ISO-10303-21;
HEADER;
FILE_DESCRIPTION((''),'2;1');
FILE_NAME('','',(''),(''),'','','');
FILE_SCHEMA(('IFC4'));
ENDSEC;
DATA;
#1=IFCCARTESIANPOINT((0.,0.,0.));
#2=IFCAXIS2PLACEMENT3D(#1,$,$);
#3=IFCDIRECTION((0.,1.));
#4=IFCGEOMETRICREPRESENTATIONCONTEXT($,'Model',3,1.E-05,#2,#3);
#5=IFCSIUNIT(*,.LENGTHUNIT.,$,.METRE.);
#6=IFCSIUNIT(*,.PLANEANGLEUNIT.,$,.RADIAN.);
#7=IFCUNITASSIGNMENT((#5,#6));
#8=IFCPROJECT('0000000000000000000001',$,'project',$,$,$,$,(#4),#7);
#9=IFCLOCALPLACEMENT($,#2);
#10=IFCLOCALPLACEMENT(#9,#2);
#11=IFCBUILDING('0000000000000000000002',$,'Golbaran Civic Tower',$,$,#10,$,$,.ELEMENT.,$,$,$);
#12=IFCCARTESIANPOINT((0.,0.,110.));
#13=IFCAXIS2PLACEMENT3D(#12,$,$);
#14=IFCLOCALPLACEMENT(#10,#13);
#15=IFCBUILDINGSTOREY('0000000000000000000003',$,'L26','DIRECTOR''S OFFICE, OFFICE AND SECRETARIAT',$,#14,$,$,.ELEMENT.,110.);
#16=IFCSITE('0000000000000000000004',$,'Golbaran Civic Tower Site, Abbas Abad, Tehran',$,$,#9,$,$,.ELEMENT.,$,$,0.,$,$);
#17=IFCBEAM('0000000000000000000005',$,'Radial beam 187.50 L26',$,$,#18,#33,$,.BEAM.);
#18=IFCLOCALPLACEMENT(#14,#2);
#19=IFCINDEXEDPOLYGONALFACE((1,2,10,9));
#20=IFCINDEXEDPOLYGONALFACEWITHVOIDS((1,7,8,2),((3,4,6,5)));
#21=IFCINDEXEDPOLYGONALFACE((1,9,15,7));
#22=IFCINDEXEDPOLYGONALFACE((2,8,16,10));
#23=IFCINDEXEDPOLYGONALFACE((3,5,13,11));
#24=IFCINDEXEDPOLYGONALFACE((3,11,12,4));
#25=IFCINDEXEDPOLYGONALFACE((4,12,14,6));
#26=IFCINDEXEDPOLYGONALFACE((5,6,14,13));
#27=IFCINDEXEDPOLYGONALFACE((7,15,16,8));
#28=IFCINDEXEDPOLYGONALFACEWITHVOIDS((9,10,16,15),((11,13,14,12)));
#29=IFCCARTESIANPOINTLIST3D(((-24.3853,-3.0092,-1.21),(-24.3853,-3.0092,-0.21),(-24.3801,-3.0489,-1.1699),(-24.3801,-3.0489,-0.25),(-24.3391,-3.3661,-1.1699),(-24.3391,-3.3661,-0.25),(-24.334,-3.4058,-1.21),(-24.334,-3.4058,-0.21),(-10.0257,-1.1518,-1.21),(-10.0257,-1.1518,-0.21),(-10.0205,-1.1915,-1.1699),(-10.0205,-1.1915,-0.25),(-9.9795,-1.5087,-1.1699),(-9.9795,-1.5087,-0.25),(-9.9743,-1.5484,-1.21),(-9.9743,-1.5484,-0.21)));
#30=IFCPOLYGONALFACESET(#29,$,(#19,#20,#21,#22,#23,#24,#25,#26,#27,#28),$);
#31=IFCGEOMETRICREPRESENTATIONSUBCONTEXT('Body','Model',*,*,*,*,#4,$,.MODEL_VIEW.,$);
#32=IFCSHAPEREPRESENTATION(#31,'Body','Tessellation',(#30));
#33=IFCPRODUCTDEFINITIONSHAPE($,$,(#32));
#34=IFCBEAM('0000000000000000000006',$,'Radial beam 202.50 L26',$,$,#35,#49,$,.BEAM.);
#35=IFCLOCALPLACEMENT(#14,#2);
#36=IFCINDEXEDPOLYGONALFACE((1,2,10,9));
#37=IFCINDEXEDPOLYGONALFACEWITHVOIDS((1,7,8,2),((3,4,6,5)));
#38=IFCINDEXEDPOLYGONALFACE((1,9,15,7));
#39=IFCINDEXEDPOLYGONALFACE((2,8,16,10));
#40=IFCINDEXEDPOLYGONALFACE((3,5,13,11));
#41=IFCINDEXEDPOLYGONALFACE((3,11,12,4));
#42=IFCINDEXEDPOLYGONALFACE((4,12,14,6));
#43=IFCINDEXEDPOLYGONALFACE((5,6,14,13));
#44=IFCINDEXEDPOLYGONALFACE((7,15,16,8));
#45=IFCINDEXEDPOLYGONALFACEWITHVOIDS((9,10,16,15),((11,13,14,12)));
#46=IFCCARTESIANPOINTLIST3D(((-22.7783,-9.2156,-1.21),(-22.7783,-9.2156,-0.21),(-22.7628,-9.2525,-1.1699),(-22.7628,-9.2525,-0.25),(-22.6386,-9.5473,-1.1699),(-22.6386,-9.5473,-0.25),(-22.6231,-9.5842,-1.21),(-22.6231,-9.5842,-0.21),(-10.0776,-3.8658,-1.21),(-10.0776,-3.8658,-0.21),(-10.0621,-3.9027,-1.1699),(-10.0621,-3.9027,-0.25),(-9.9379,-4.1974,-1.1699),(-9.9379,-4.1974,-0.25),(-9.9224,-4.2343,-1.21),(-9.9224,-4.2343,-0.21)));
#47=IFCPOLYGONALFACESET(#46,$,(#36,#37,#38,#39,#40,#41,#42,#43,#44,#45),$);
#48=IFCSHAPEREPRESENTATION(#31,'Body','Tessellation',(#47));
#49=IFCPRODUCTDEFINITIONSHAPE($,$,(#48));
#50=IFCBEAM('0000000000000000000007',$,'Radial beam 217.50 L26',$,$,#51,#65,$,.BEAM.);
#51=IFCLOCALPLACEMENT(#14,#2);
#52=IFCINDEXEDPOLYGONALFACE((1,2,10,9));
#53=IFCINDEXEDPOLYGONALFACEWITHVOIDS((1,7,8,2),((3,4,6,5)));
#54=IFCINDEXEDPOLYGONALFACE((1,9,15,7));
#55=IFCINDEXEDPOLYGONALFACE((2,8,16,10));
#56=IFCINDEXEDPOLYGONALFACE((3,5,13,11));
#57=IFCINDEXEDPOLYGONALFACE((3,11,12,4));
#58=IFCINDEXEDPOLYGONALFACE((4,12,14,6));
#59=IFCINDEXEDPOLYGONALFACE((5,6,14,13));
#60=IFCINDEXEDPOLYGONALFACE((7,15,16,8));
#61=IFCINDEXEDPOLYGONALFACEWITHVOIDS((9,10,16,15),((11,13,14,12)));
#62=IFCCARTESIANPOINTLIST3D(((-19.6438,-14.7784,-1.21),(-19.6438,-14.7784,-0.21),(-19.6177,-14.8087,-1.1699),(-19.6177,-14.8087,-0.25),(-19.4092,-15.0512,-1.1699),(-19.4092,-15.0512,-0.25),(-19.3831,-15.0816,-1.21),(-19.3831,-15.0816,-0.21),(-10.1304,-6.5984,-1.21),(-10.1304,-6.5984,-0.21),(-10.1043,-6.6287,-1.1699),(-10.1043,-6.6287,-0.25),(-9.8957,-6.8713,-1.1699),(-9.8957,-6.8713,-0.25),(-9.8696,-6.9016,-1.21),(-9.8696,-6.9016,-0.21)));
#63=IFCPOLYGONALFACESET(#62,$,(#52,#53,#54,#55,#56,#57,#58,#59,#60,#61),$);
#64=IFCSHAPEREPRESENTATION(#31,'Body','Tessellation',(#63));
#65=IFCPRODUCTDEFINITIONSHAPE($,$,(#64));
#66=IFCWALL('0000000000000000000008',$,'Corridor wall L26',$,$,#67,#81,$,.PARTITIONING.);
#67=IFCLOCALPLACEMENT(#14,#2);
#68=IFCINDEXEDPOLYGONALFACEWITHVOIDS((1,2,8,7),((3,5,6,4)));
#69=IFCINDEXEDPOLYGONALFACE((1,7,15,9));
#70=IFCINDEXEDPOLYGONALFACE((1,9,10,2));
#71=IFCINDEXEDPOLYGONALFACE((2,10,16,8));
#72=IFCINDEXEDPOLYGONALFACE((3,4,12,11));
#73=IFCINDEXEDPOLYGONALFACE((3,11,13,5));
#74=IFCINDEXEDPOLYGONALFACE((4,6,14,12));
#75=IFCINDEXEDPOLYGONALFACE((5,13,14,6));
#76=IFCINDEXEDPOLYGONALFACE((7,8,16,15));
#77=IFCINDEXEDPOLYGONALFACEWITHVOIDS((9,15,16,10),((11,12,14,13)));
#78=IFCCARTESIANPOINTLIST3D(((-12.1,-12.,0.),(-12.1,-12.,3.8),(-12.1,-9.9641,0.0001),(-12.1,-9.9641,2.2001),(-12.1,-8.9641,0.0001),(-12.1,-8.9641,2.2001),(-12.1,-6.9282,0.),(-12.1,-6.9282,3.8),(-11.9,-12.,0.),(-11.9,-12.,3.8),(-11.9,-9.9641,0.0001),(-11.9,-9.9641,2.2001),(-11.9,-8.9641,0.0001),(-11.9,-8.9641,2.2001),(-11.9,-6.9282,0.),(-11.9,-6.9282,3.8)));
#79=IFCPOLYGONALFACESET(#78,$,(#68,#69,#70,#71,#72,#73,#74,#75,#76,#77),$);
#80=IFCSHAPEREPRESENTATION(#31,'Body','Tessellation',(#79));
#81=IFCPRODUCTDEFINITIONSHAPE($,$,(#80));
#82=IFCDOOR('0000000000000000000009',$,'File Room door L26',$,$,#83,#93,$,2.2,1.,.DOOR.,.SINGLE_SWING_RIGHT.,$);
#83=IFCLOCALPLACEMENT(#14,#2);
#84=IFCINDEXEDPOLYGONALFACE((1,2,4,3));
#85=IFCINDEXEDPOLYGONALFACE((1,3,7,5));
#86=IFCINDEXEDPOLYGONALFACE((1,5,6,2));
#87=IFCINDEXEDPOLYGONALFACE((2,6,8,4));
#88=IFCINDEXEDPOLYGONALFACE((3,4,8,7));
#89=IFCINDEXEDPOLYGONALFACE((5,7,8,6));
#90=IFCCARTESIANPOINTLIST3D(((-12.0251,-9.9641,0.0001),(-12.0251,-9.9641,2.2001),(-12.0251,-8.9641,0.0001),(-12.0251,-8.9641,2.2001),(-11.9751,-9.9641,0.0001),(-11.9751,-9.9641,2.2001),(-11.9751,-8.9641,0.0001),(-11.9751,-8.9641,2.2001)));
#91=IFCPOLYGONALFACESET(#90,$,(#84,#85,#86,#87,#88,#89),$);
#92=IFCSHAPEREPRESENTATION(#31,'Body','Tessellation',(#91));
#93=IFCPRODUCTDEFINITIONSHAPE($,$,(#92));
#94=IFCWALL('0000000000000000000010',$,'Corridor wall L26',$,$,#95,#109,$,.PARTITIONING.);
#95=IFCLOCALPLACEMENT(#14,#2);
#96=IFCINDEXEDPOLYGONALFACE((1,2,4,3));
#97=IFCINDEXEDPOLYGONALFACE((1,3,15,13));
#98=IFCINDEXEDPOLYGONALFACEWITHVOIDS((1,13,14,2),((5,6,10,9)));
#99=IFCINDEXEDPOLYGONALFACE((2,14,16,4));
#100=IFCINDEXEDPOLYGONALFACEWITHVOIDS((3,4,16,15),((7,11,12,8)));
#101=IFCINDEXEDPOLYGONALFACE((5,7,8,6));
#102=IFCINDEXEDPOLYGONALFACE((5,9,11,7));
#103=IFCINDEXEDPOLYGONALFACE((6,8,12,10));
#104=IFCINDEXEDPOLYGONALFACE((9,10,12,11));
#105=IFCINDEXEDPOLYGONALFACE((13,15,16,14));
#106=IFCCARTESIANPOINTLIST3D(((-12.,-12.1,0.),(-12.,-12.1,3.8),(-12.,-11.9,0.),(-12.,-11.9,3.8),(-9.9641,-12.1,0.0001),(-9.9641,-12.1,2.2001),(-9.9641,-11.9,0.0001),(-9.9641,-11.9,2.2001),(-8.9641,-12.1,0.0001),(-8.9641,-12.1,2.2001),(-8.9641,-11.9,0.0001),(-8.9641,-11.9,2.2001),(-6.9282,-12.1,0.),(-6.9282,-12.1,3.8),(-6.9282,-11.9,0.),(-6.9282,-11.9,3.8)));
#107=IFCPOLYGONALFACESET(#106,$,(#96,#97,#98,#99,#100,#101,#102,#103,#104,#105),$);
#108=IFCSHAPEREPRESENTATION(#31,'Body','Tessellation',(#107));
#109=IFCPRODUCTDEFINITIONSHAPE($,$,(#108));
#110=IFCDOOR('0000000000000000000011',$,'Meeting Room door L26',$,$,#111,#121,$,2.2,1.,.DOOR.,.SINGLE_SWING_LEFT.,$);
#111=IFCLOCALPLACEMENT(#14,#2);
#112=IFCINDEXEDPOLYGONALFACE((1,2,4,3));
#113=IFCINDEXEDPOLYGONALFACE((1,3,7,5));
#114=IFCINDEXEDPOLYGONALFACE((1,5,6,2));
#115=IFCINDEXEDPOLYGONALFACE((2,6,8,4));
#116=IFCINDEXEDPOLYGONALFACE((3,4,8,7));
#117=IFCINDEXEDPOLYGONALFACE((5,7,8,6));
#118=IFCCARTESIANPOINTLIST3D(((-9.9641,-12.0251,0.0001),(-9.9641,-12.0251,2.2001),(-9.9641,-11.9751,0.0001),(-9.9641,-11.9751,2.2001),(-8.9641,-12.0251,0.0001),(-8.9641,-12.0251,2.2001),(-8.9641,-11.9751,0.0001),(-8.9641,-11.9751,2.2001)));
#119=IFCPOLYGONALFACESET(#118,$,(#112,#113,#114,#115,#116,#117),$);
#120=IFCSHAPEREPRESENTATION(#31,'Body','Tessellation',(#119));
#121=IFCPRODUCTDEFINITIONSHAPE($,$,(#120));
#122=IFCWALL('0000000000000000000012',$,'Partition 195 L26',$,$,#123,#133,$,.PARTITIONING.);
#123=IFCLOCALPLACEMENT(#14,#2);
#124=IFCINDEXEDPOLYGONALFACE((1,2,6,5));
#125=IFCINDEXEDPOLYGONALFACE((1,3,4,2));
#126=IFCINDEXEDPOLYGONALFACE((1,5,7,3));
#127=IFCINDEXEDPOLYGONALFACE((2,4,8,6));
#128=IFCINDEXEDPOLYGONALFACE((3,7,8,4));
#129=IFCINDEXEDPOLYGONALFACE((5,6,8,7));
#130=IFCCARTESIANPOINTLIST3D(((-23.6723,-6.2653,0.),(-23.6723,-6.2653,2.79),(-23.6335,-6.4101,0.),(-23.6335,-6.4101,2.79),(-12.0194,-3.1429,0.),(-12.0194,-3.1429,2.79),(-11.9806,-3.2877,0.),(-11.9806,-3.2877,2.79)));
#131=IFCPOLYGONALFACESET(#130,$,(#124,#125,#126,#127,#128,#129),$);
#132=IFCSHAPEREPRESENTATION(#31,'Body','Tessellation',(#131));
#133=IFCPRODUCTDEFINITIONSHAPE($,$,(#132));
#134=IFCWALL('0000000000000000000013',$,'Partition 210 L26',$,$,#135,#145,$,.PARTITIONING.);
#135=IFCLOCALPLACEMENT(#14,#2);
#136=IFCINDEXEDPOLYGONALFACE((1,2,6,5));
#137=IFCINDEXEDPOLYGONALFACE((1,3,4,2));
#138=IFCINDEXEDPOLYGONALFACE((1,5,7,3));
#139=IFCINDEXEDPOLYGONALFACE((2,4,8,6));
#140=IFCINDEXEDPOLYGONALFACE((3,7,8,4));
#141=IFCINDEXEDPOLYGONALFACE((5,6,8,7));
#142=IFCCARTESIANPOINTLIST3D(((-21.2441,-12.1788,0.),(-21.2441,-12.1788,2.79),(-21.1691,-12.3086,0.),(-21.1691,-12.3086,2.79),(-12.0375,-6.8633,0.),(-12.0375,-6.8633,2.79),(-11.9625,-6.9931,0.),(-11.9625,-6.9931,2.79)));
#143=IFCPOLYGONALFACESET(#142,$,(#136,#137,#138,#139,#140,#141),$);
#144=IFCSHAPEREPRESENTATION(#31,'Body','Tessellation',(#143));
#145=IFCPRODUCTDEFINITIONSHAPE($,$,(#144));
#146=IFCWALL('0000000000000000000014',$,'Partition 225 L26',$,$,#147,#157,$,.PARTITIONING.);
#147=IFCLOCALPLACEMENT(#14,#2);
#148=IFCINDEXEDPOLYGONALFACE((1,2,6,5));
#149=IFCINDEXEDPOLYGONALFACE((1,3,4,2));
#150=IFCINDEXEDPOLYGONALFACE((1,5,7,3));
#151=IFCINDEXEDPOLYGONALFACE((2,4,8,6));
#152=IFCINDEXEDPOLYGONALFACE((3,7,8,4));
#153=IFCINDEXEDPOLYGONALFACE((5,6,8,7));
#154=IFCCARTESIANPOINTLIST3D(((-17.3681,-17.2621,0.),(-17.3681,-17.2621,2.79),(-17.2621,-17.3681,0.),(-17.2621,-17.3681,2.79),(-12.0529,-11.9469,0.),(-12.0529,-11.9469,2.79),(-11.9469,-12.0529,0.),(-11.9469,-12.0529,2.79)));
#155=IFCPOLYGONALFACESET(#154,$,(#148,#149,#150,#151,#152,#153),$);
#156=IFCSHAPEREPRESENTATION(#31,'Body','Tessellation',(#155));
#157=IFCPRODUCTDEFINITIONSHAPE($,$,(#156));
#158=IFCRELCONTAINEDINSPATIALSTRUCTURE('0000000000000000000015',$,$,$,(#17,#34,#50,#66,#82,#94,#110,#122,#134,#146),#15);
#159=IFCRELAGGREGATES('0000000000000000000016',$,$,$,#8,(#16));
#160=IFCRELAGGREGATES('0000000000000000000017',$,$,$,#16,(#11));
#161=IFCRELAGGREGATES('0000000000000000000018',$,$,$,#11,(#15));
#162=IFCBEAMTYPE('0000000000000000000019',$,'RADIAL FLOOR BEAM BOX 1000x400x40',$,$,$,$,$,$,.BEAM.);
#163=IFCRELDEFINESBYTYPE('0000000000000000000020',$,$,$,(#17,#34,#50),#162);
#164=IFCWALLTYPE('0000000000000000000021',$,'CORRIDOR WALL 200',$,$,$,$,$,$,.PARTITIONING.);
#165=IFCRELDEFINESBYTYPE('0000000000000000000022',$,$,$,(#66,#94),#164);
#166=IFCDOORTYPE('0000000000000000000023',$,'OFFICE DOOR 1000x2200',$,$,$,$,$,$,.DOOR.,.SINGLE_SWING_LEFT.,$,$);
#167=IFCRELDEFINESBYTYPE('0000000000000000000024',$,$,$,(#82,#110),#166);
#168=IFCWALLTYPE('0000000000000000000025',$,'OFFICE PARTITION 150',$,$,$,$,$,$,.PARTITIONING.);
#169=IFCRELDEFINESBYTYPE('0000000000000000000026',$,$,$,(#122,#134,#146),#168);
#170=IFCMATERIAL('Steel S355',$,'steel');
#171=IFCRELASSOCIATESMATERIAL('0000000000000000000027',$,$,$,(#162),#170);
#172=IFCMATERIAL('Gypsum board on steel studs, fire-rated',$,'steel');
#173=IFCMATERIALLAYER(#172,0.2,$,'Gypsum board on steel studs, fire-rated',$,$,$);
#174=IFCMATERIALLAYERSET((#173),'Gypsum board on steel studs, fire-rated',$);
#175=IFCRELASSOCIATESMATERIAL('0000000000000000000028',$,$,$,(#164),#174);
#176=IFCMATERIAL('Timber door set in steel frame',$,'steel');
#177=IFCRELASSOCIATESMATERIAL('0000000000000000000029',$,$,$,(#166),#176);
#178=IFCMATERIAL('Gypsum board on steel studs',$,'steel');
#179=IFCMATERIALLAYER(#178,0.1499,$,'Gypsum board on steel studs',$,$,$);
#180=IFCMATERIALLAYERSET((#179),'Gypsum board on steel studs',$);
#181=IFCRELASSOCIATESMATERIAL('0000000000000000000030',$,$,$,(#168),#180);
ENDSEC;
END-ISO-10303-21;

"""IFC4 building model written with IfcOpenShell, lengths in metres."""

from ifc_helpers import new_model, si_unit, direction, frame, frame_2d, origin, origin_2d, place, context, subcontext, project, spatial, rectangle, hollow_rectangle, extrude, material, layer, layer_set, material_profile, profile_set, type_object, element, fill, save


model = new_model("IFC4")

# Units and contexts
model_context = context("Model", 3, precision=1e-05, world=origin(), true_north=direction((0.0, 1.0)))
body_context = subcontext(model_context, "Body", "Model", "MODEL_VIEW")
ifc_project = project(units=[si_unit("LENGTHUNIT", "METRE"), si_unit("PLANEANGLEUNIT", "RADIAN")], contexts=[model_context])

# Site, building, storey
site_placement = place(None, origin())
site = spatial("IfcSite", under=ifc_project, at=site_placement, Name="Golbaran Civic Tower Site, Abbas Abad, Tehran", CompositionType="ELEMENT", RefElevation=0.0)
building_placement = place(site_placement, origin())
building = spatial("IfcBuilding", under=site, at=building_placement, Name="Golbaran Civic Tower", CompositionType="ELEMENT")
storey_placement = place(building_placement, frame((0.0, 0.0, 110.0)))
storey = spatial("IfcBuildingStorey", under=building, at=storey_placement, Name="L26", Description="DIRECTOR'S OFFICE, OFFICE AND SECRETARIAT", CompositionType="ELEMENT", Elevation=110.0)

# Beams
ifc_material_1 = material(Name="Steel S355", Category="steel")
ifc_material_profile_1 = material_profile(ifc_material_1, hollow_rectangle(XDim=0.3999, YDim=1.0, WallThickness=0.04, at=origin_2d()), Name="BOX 1000x400x40")
ifc_profile_set_1 = profile_set([ifc_material_profile_1], Name="Steel S355")
beam_type_1 = type_object("IfcBeamType", Name="RADIAL FLOOR BEAM BOX 1000x400x40", PredefinedType="BEAM", material=ifc_profile_set_1)
beam_1_placement = place(storey_placement, frame((-10.0, -1.3501, -0.71), z_axis=(-0.991738, -0.128282, 0.0), x_axis=(0.128282, -0.991738, 0.0)))
element("IfcBeam", 1, at=beam_1_placement, inside=storey, type_object=beam_type_1, Name="Radial beam 187.50 L26", PredefinedType="BEAM", context=body_context, shape_type="SweptSolid", body=[
    extrude(hollow_rectangle(XDim=0.3999, YDim=1.0, WallThickness=0.04, at=origin_2d()), origin(), (0.0, 0.0, 1.0), 14.4792),
])
beam_2_placement = place(storey_placement, frame((-10.0, -4.05, -0.71), z_axis=(-0.921578, -0.388192, 0.0), x_axis=(0.388192, -0.921578, 0.0)))
element("IfcBeam", 2, at=beam_2_placement, inside=storey, type_object=beam_type_1, Name="Radial beam 202.50 L26", PredefinedType="BEAM", context=body_context, shape_type="SweptSolid", body=[
    extrude(hollow_rectangle(XDim=0.3999, YDim=1.0, WallThickness=0.04, at=origin_2d()), origin(), (0.0, 0.0, 1.0), 13.7815),
])
beam_3_placement = place(storey_placement, frame((-10.0, -6.75, -0.71), z_axis=(-0.758249, -0.651965, 0.0), x_axis=(0.651965, -0.758249, 0.0)))
element("IfcBeam", 3, at=beam_3_placement, inside=storey, type_object=beam_type_1, Name="Radial beam 217.50 L26", PredefinedType="BEAM", context=body_context, shape_type="SweptSolid", body=[
    extrude(hollow_rectangle(XDim=0.3999, YDim=1.0, WallThickness=0.04, at=origin_2d()), origin(), (0.0, 0.0, 1.0), 12.5466),
])

# Walls, openings, doors
ifc_material_2 = material(Name="Gypsum board on steel studs, fire-rated", Category="steel")
ifc_layer_1 = layer(ifc_material_2, 0.2, Name="Gypsum board on steel studs, fire-rated")
ifc_layer_set_1 = layer_set([ifc_layer_1], Name="Gypsum board on steel studs, fire-rated")
wall_type_1 = type_object("IfcWallType", Name="CORRIDOR WALL 200", PredefinedType="PARTITIONING", material=ifc_layer_set_1)
wall_1_placement = place(storey_placement, frame((-12.0, -6.9282, 0.0), z_axis=(0.0, 0.0, 1.0), x_axis=(0.0, -1.0, 0.0)))
wall_1 = element("IfcWall", 4, at=wall_1_placement, inside=storey, type_object=wall_type_1, Name="Corridor wall L26", PredefinedType="PARTITIONING", context=body_context, shape_type="SweptSolid", body=[
    extrude(rectangle(XDim=5.0718, YDim=0.2, at=frame_2d((2.5359, 0.0))), origin(), (0.0, 0.0, 1.0), 3.8),
])
opening_1_placement = place(wall_1_placement, frame((2.0359, 0.0, 0.0)))
opening_1 = element("IfcOpeningElement", 5, at=opening_1_placement, cuts=wall_1, PredefinedType="OPENING", context=body_context, shape_type="SweptSolid", body=[
    extrude(rectangle(XDim=1.0, YDim=2.2, at=frame_2d((0.5, 1.1001))), frame((0.0, 0.1099, 0.0), z_axis=(0.0, -1.0, 0.0), x_axis=(1.0, 0.0, 0.0)), (0.0, 0.0, 1.0), 0.22),
])
ifc_material_3 = material(Name="Timber door set in steel frame", Category="steel")
door_type_1 = type_object("IfcDoorType", Name="OFFICE DOOR 1000x2200", OperationType="SINGLE_SWING_LEFT", PredefinedType="DOOR", material=ifc_material_3)
door_1_placement = place(opening_1_placement, origin())
door_1 = element("IfcDoor", 6, at=door_1_placement, inside=storey, type_object=door_type_1, Name="File Room door L26", OperationType="SINGLE_SWING_RIGHT", OverallHeight=2.2, OverallWidth=1.0, PredefinedType="DOOR", context=body_context, shape_type="SweptSolid", body=[
    extrude(rectangle(XDim=1.0, YDim=2.2, at=frame_2d((0.5, 1.1001))), frame((0.0, 0.0249, 0.0), z_axis=(0.0, -1.0, 0.0), x_axis=(1.0, 0.0, 0.0)), (0.0, 0.0, 1.0), 0.05),
])
fill(opening_1, door_1)
wall_2_placement = place(storey_placement, frame((-12.0, -12.0, 0.0), z_axis=(0.0, 0.0, 1.0), x_axis=(1.0, 0.0, 0.0)))
wall_2 = element("IfcWall", 7, at=wall_2_placement, inside=storey, type_object=wall_type_1, Name="Corridor wall L26", PredefinedType="PARTITIONING", context=body_context, shape_type="SweptSolid", body=[
    extrude(rectangle(XDim=5.0718, YDim=0.2, at=frame_2d((2.5359, 0.0))), origin(), (0.0, 0.0, 1.0), 3.8),
])
opening_2_placement = place(wall_2_placement, frame((2.0359, 0.0, 0.0)))
opening_2 = element("IfcOpeningElement", 8, at=opening_2_placement, cuts=wall_2, PredefinedType="OPENING", context=body_context, shape_type="SweptSolid", body=[
    extrude(rectangle(XDim=1.0, YDim=2.2, at=frame_2d((0.5, 1.1001))), frame((0.0, 0.1099, 0.0), z_axis=(0.0, -1.0, 0.0), x_axis=(1.0, 0.0, 0.0)), (0.0, 0.0, 1.0), 0.22),
])
door_2_placement = place(opening_2_placement, origin())
door_2 = element("IfcDoor", 9, at=door_2_placement, inside=storey, type_object=door_type_1, Name="Meeting Room door L26", OperationType="SINGLE_SWING_LEFT", OverallHeight=2.2, OverallWidth=1.0, PredefinedType="DOOR", context=body_context, shape_type="SweptSolid", body=[
    extrude(rectangle(XDim=1.0, YDim=2.2, at=frame_2d((0.5, 1.1001))), frame((0.0, 0.0249, 0.0), z_axis=(0.0, -1.0, 0.0), x_axis=(1.0, 0.0, 0.0)), (0.0, 0.0, 1.0), 0.05),
])
fill(opening_2, door_2)

# Walls
ifc_material_4 = material(Name="Gypsum board on steel studs", Category="steel")
ifc_layer_2 = layer(ifc_material_4, 0.1499, Name="Gypsum board on steel studs")
ifc_layer_set_2 = layer_set([ifc_layer_2], Name="Gypsum board on steel studs")
wall_type_2 = type_object("IfcWallType", Name="OFFICE PARTITION 150", PredefinedType="PARTITIONING", material=ifc_layer_set_2)
wall_3_placement = place(storey_placement, frame((-12.0, -3.2153, 0.0), z_axis=(0.0, 0.0, 1.0), x_axis=(-0.965927, -0.258815, 0.0)))
element("IfcWall", 10, at=wall_3_placement, inside=storey, type_object=wall_type_2, Name="Partition 195 L26", PredefinedType="PARTITIONING", context=body_context, shape_type="SweptSolid", body=[
    extrude(rectangle(XDim=12.064, YDim=0.1499, at=frame_2d((6.032, 0.0))), origin(), (0.0, 0.0, 1.0), 2.79),
])
wall_4_placement = place(storey_placement, frame((-12.0, -6.9282, 0.0), z_axis=(0.0, 0.0, 1.0), x_axis=(-0.866024, -0.500002, 0.0)))
element("IfcWall", 11, at=wall_4_placement, inside=storey, type_object=wall_type_2, Name="Partition 210 L26", PredefinedType="PARTITIONING", context=body_context, shape_type="SweptSolid", body=[
    extrude(rectangle(XDim=10.6309, YDim=0.1499, at=frame_2d((5.3154, 0.0))), origin(), (0.0, 0.0, 1.0), 2.79),
])
wall_5_placement = place(storey_placement, frame((-12.0, -12.0, 0.0), z_axis=(0.0, 0.0, 1.0), x_axis=(-0.707107, -0.707107, 0.0)))
element("IfcWall", 12, at=wall_5_placement, inside=storey, type_object=wall_type_2, Name="Partition 225 L26", PredefinedType="PARTITIONING", context=body_context, shape_type="SweptSolid", body=[
    extrude(rectangle(XDim=7.5168, YDim=0.1499, at=frame_2d((3.7583, 0.0))), origin(), (0.0, 0.0, 1.0), 2.79),
])

save(model, "model.ifc")
